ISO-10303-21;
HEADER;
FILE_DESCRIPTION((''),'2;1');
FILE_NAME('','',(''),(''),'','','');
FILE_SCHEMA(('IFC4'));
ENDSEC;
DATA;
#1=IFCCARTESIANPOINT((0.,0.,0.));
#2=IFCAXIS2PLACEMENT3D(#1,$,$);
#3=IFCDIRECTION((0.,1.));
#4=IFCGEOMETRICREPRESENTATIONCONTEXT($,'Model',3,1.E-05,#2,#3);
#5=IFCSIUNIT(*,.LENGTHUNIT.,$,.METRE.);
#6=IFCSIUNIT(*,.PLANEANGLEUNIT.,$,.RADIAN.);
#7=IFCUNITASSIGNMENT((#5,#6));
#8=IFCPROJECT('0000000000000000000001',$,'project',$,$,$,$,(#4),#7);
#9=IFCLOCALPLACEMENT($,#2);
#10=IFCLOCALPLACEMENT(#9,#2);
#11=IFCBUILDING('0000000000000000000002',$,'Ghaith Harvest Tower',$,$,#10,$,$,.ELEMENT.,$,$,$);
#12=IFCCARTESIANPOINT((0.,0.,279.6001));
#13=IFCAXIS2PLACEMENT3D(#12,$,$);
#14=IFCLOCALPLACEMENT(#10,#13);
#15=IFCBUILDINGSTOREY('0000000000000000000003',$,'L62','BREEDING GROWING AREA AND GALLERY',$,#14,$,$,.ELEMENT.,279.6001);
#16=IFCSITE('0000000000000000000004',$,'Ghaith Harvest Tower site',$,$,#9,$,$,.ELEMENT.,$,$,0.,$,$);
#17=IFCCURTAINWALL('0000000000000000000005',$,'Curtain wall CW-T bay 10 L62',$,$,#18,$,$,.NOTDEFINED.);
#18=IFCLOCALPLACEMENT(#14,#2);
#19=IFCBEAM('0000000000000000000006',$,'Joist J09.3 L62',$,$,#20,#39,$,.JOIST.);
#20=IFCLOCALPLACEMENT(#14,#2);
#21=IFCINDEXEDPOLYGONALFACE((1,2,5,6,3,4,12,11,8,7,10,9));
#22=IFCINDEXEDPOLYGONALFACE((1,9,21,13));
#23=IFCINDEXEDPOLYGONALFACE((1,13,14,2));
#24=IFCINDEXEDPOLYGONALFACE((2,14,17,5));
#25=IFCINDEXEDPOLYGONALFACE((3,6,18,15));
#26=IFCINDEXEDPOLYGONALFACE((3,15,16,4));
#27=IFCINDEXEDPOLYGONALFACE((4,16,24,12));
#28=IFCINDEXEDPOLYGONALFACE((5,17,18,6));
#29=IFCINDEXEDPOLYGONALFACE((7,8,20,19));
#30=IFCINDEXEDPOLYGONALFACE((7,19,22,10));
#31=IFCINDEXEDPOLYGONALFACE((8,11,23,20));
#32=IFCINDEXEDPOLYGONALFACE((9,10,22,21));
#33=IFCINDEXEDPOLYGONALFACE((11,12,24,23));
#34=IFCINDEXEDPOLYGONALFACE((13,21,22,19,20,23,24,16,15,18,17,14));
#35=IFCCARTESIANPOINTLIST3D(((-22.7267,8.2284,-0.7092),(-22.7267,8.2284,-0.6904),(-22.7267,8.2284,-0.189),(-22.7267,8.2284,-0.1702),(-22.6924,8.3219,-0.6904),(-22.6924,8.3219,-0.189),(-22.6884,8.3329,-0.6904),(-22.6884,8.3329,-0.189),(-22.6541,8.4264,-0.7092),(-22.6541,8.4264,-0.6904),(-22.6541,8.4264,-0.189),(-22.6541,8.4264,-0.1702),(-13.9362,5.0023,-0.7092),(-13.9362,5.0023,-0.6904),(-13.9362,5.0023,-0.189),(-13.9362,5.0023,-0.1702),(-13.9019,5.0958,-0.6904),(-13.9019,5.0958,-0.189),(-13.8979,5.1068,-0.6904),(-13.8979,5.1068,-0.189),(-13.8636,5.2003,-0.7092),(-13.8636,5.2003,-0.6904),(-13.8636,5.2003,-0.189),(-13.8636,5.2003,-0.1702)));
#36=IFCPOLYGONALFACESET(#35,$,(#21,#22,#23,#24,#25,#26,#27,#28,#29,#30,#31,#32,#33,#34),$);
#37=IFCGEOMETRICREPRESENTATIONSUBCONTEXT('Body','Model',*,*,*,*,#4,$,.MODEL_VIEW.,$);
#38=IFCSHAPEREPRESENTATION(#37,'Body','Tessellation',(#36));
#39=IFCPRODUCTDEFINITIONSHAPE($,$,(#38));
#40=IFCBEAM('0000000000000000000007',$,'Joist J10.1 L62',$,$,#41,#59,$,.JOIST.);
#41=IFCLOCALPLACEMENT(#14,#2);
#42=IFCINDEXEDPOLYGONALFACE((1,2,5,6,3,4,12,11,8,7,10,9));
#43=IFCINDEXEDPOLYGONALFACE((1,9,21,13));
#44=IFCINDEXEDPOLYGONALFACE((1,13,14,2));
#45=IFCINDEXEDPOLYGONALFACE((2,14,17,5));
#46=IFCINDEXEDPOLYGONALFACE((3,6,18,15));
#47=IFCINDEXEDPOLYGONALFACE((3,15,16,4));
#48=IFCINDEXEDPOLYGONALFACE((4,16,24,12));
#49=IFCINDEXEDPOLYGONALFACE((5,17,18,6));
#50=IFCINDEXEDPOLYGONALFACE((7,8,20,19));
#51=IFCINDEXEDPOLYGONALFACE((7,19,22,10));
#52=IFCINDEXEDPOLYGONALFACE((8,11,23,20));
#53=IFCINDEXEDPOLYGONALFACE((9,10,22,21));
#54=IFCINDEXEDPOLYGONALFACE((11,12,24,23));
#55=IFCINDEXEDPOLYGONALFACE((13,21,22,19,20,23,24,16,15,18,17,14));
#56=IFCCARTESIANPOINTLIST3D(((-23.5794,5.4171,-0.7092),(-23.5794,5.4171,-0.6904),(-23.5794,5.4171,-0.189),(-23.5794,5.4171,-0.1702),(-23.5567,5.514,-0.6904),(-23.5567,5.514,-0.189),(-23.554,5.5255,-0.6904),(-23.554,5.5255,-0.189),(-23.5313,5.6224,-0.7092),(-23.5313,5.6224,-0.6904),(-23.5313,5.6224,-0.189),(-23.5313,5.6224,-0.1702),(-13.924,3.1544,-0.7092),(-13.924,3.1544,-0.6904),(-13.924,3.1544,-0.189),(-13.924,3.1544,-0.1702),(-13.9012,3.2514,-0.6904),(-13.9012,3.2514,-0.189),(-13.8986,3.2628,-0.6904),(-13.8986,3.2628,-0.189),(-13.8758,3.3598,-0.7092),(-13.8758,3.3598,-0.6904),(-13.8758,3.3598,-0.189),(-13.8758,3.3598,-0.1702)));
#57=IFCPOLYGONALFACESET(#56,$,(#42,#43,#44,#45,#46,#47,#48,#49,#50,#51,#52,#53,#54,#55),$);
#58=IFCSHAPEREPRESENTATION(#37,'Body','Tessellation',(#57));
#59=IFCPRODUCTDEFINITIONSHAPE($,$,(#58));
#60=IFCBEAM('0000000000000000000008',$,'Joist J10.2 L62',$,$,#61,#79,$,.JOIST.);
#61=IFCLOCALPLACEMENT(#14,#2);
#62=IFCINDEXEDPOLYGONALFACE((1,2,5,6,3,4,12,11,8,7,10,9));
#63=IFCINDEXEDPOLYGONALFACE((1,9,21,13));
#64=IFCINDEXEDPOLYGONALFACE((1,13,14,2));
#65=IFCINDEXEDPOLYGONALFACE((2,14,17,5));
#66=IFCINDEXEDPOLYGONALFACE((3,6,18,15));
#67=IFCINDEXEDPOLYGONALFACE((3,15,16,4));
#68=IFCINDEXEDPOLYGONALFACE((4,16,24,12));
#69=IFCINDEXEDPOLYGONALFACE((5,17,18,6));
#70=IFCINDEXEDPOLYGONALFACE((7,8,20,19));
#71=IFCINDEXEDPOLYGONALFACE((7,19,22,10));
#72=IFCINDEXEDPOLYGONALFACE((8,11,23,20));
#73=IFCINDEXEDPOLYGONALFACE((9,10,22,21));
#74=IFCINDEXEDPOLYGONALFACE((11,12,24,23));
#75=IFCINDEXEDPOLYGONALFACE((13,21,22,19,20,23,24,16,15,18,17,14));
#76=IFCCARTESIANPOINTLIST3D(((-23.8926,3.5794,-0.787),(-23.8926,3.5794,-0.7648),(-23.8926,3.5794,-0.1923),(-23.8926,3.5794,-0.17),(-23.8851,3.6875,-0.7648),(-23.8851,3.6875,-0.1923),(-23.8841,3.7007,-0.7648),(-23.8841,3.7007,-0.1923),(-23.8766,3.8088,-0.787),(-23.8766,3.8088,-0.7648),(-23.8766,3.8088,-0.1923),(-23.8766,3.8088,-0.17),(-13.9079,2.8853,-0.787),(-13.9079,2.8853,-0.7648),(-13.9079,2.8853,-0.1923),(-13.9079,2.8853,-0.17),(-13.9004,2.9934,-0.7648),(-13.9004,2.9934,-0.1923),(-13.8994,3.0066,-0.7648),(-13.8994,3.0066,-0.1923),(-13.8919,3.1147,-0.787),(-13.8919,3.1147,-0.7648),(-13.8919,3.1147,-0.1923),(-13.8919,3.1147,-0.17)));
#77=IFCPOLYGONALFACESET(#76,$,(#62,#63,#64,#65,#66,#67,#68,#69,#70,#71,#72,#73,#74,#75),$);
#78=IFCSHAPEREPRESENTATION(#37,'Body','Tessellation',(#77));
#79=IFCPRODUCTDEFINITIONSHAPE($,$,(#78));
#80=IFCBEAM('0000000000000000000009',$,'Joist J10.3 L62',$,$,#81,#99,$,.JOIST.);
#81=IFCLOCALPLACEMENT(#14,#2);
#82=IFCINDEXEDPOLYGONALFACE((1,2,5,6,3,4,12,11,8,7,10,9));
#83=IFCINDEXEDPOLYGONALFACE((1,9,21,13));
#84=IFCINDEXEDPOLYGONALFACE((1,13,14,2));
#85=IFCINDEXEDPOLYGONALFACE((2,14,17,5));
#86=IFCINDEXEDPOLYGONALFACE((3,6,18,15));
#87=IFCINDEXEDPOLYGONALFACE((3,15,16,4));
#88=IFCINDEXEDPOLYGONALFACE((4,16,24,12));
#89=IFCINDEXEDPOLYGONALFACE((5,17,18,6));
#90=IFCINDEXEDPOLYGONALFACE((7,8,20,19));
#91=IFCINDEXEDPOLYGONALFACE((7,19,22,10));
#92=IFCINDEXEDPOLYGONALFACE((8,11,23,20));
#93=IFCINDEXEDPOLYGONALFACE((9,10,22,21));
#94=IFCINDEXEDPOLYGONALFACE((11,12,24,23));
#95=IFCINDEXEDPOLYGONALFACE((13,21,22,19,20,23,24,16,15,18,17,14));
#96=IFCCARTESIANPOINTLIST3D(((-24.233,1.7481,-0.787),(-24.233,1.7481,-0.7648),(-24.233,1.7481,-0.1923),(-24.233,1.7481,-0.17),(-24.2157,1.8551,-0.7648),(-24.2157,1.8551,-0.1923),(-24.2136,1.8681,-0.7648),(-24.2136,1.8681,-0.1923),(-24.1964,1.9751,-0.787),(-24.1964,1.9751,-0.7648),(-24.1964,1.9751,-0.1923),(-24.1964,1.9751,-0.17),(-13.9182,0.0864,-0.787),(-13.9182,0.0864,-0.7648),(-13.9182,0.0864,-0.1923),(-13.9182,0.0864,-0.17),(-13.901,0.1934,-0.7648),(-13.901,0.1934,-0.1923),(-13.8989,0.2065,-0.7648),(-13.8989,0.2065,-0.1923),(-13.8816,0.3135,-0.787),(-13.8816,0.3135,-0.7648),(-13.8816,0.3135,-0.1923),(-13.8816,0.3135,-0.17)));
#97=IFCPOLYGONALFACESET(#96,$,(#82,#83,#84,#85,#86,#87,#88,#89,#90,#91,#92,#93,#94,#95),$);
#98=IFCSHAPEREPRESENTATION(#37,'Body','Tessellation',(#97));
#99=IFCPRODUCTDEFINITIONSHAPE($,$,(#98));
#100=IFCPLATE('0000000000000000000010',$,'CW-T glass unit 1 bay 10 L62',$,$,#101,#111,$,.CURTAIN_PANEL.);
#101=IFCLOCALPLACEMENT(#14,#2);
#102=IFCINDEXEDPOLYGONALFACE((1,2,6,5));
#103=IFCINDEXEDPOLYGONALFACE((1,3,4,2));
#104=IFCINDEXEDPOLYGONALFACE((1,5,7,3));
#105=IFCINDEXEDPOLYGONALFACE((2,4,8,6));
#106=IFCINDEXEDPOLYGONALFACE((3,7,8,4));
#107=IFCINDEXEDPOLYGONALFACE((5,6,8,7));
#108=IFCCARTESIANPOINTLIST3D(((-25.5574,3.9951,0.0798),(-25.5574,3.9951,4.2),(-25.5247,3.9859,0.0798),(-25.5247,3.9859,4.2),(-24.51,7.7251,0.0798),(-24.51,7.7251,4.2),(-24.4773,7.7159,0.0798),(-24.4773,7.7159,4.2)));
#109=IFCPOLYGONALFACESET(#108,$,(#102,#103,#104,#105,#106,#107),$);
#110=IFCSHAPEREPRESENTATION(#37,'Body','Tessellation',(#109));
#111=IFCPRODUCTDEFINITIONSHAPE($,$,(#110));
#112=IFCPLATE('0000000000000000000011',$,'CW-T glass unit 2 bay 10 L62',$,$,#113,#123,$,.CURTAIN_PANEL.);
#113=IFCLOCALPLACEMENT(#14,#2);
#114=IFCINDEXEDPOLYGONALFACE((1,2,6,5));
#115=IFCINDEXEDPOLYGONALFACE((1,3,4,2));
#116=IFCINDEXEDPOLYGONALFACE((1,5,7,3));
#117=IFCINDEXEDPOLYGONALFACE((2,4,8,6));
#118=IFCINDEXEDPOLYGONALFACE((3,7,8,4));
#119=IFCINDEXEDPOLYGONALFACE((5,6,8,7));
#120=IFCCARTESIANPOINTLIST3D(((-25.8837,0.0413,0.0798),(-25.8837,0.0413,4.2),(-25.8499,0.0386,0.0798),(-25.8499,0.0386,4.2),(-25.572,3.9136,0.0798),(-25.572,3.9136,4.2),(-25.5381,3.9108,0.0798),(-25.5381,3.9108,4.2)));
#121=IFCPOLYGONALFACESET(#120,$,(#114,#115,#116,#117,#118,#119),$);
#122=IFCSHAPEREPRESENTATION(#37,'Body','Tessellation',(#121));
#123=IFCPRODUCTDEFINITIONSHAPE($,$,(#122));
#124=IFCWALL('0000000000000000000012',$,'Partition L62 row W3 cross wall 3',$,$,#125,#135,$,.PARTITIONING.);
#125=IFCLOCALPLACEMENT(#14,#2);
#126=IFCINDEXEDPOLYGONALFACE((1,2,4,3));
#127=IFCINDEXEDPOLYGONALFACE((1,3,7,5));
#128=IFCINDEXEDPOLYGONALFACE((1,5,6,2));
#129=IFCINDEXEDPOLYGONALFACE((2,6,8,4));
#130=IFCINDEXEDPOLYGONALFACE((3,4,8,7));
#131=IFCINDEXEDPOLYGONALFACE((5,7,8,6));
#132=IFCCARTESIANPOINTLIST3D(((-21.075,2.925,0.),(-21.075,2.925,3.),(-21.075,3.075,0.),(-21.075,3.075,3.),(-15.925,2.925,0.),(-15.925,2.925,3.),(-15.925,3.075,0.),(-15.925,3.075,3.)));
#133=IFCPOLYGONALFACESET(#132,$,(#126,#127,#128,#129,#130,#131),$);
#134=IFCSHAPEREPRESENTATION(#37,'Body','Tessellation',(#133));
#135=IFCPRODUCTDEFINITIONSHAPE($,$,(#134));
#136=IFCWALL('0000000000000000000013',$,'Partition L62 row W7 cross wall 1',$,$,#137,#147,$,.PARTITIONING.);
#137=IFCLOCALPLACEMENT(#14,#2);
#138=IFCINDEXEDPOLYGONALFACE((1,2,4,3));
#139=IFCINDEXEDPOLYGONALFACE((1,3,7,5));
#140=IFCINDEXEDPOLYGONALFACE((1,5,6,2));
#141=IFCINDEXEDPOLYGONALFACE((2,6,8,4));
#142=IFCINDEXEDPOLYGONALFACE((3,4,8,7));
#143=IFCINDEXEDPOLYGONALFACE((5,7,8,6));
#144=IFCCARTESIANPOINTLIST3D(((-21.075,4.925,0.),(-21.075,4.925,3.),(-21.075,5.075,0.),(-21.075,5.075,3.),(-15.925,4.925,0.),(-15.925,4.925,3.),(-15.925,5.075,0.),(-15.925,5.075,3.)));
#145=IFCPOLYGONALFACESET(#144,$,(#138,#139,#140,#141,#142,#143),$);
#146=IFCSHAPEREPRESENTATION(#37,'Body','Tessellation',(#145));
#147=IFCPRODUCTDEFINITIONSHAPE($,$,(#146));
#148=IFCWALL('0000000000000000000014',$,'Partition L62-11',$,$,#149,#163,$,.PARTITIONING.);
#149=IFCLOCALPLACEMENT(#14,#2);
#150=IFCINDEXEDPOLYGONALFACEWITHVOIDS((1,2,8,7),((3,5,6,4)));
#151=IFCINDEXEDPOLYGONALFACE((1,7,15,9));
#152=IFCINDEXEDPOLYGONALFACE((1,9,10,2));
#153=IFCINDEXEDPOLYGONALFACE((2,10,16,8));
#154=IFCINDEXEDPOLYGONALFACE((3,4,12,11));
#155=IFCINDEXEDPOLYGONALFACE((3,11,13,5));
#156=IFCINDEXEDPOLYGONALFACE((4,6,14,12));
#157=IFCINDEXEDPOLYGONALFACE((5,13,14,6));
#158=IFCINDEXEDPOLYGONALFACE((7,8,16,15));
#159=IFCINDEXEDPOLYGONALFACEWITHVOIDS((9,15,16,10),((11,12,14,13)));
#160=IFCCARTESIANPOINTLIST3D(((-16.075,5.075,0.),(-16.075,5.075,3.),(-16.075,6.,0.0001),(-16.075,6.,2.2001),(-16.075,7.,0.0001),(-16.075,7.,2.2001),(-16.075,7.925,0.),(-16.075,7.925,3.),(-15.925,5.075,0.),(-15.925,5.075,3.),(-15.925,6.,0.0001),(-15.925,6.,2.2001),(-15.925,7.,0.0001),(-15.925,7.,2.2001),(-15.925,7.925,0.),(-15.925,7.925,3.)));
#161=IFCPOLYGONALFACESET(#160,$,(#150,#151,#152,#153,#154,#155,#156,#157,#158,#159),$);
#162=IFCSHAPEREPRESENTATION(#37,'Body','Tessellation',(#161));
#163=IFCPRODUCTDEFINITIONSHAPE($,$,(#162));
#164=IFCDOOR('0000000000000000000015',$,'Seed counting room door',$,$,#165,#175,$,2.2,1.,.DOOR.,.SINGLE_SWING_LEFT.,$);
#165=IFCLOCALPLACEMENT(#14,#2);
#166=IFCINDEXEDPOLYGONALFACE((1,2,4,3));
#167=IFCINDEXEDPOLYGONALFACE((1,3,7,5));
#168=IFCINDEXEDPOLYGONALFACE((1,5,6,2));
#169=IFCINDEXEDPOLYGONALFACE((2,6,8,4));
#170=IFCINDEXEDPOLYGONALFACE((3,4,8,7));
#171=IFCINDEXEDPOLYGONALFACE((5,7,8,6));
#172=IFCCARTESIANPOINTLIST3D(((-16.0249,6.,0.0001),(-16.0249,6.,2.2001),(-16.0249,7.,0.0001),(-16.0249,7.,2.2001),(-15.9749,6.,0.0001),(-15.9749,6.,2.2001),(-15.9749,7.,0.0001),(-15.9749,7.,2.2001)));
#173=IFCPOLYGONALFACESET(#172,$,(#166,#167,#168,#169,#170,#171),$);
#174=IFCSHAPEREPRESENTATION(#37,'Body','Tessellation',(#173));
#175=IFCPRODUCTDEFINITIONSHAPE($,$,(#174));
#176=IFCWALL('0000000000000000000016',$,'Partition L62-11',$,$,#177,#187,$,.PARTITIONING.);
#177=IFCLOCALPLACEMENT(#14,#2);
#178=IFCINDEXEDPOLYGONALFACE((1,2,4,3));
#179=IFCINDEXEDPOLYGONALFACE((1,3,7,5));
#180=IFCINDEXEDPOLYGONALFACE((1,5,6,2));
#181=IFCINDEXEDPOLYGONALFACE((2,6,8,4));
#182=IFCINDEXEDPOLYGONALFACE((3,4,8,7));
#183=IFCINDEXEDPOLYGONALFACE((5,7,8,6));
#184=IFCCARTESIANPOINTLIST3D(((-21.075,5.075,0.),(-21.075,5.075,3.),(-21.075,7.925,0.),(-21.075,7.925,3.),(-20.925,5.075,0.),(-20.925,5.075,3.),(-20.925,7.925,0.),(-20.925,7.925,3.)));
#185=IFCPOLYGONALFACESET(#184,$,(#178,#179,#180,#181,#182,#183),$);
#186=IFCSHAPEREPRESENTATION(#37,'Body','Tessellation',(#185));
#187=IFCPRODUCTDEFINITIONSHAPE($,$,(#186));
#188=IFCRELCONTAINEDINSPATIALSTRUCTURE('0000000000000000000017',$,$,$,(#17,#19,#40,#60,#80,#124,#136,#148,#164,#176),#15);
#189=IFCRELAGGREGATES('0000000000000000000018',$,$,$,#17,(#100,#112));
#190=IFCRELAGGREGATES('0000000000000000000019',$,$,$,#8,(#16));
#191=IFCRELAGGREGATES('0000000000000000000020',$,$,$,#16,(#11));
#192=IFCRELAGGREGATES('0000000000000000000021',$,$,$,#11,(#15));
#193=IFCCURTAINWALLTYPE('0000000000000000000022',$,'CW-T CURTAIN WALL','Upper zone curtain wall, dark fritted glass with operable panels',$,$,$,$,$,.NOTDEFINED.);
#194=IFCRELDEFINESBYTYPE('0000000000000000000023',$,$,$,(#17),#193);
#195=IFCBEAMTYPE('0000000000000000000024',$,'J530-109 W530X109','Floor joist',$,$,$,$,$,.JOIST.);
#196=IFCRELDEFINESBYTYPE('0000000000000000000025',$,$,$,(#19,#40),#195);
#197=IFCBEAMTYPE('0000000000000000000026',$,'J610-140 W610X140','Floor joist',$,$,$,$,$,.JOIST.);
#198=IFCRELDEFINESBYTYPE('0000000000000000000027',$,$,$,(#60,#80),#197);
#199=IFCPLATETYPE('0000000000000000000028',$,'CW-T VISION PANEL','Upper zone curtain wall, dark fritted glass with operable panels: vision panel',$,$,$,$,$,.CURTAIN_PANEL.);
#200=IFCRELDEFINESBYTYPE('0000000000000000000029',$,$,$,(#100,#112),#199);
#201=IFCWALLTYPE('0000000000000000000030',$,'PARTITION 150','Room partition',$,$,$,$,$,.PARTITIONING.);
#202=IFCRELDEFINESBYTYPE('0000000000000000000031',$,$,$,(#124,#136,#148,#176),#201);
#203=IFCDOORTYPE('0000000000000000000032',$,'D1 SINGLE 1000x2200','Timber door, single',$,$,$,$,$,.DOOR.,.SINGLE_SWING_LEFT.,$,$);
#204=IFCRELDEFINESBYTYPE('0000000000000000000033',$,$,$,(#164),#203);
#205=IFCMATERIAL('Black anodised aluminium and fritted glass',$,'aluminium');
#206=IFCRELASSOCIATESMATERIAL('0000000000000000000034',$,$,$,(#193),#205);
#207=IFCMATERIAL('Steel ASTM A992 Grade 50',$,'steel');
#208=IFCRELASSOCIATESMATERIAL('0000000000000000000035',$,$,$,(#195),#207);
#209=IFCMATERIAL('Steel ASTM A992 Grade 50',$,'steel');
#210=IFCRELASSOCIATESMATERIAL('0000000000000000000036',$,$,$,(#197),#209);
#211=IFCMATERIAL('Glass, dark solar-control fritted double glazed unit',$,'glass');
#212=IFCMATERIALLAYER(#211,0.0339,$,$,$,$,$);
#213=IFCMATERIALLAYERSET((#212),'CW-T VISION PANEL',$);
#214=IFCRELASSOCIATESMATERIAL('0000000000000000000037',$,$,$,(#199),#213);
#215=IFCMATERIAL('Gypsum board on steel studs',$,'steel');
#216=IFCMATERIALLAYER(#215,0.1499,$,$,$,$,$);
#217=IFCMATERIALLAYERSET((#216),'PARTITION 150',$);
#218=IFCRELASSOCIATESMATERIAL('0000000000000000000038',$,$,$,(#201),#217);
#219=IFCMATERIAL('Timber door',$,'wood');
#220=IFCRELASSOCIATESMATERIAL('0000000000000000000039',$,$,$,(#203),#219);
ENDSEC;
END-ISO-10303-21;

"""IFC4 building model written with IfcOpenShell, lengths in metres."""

from ifc_helpers import new_model, si_unit, direction, frame, frame_2d, origin, origin_2d, place, context, subcontext, project, spatial, rectangle, i_section, extrude, material, layer, layer_set, material_profile, profile_set, type_object, element, fill, aggregate, save


model = new_model("IFC4")

# Units and contexts
model_context = context("Model", 3, precision=1e-05, world=origin(), true_north=direction((0.0, 1.0)))
body_context = subcontext(model_context, "Body", "Model", "MODEL_VIEW")
ifc_project = project(units=[si_unit("LENGTHUNIT", "METRE"), si_unit("PLANEANGLEUNIT", "RADIAN")], contexts=[model_context])

# Site, building, storey
site_placement = place(None, origin())
site = spatial("IfcSite", under=ifc_project, at=site_placement, Name="Ghaith Harvest Tower site", CompositionType="ELEMENT", RefElevation=0.0)
building_placement = place(site_placement, origin())
building = spatial("IfcBuilding", under=site, at=building_placement, Name="Ghaith Harvest Tower", CompositionType="ELEMENT")
storey_placement = place(building_placement, frame((0.0, 0.0, 279.6001)))
storey = spatial("IfcBuildingStorey", under=building, at=storey_placement, Name="L62", Description="BREEDING GROWING AREA AND GALLERY", CompositionType="ELEMENT", Elevation=279.6001)

# Curtain wall
ifc_material_1 = material(Name="Black anodised aluminium and fritted glass", Category="aluminium")
curtain_wall_type = type_object("IfcCurtainWallType", Name="CW-T CURTAIN WALL", Description="Upper zone curtain wall, dark fritted glass with operable panels", PredefinedType="NOTDEFINED", material=ifc_material_1)
curtain_wall_placement = place(storey_placement, origin())
curtain_wall = element("IfcCurtainWall", 1, at=curtain_wall_placement, inside=storey, type_object=curtain_wall_type, Name="Curtain wall CW-T bay 10 L62", PredefinedType="NOTDEFINED")

# Beams
ifc_material_2 = material(Name="Steel ASTM A992 Grade 50", Category="steel")
ifc_material_profile_1 = material_profile(ifc_material_2, i_section(OverallWidth=0.2109, OverallDepth=0.5391, WebThickness=0.0117, FlangeThickness=0.0188, at=origin_2d()), Name="W530X109")
ifc_profile_set_1 = profile_set([ifc_material_profile_1], Name="Steel ASTM A992 Grade 50")
beam_type_1 = type_object("IfcBeamType", Name="J530-109 W530X109", Description="Floor joist", PredefinedType="JOIST", material=ifc_profile_set_1)
beam_1_placement = place(storey_placement, frame((-13.8999, 5.1013, -0.4397), z_axis=(-0.938777, 0.344526, 0.0), x_axis=(-0.344526, -0.938777, 0.0)))
element("IfcBeam", 2, at=beam_1_placement, inside=storey, type_object=beam_type_1, Name="Joist J09.3 L62", PredefinedType="JOIST", context=body_context, shape_type="SweptSolid", body=[
    extrude(i_section(OverallWidth=0.2109, OverallDepth=0.5391, WebThickness=0.0117, FlangeThickness=0.0188, at=origin_2d()), origin(), (0.0, 0.0, 1.0), 9.3638),
])
beam_2_placement = place(storey_placement, frame((-13.8999, 3.2571, -0.4397), z_axis=(-0.973623, 0.228161, 0.0), x_axis=(-0.228161, -0.973623, 0.0)))
element("IfcBeam", 3, at=beam_2_placement, inside=storey, type_object=beam_type_1, Name="Joist J10.1 L62", PredefinedType="JOIST", context=body_context, shape_type="SweptSolid", body=[
    extrude(i_section(OverallWidth=0.2109, OverallDepth=0.5391, WebThickness=0.0117, FlangeThickness=0.0188, at=origin_2d()), origin(), (0.0, 0.0, 1.0), 9.917),
])
ifc_material_3 = material(Name="Steel ASTM A992 Grade 50", Category="steel")
ifc_material_profile_2 = material_profile(ifc_material_3, i_section(OverallWidth=0.23, OverallDepth=0.6169, WebThickness=0.0132, FlangeThickness=0.0222, at=origin_2d()), Name="W610X140")
ifc_profile_set_2 = profile_set([ifc_material_profile_2], Name="Steel ASTM A992 Grade 50")
beam_type_2 = type_object("IfcBeamType", Name="J610-140 W610X140", Description="Floor joist", PredefinedType="JOIST", material=ifc_profile_set_2)
beam_3_placement = place(storey_placement, frame((-13.8999, 3.0, -0.4785), z_axis=(-0.997592, 0.069349, 0.0), x_axis=(-0.069349, -0.997592, 0.0)))
element("IfcBeam", 4, at=beam_3_placement, inside=storey, type_object=beam_type_2, Name="Joist J10.2 L62", PredefinedType="JOIST", context=body_context, shape_type="SweptSolid", body=[
    extrude(i_section(OverallWidth=0.23, OverallDepth=0.6169, WebThickness=0.0132, FlangeThickness=0.0222, at=origin_2d()), origin(), (0.0, 0.0, 1.0), 10.0088),
])
beam_4_placement = place(storey_placement, frame((-13.8999, 0.2, -0.4785), z_axis=(-0.987272, 0.159042, 0.0), x_axis=(-0.159042, -0.987272, 0.0)))
element("IfcBeam", 5, at=beam_4_placement, inside=storey, type_object=beam_type_2, Name="Joist J10.3 L62", PredefinedType="JOIST", context=body_context, shape_type="SweptSolid", body=[
    extrude(i_section(OverallWidth=0.23, OverallDepth=0.6169, WebThickness=0.0132, FlangeThickness=0.0222, at=origin_2d()), origin(), (0.0, 0.0, 1.0), 10.4478),
])

# Plates
ifc_material_4 = material(Name="Glass, dark solar-control fritted double glazed unit", Category="glass")
ifc_layer_1 = layer(ifc_material_4, 0.0339)
ifc_layer_set_1 = layer_set([ifc_layer_1], Name="CW-T VISION PANEL")
plate_type = type_object("IfcPlateType", Name="CW-T VISION PANEL", Description="Upper zone curtain wall, dark fritted glass with operable panels: vision panel", PredefinedType="CURTAIN_PANEL", material=ifc_layer_set_1)
plate_1_placement = place(storey_placement, frame((-25.0173, 5.8555, 0.0798), z_axis=(0.0, 0.0, 1.0), x_axis=(-0.270355, -0.962761, 0.0)))
plate_1 = element("IfcPlate", 6, at=plate_1_placement, type_object=plate_type, Name="CW-T glass unit 1 bay 10 L62", PredefinedType="CURTAIN_PANEL", context=body_context, shape_type="SweptSolid", body=[
    extrude(rectangle(XDim=3.8743, YDim=0.0339, at=origin_2d()), origin(), (0.0, 0.0, 1.0), 4.1201),
])
plate_2_placement = place(storey_placement, frame((-25.7109, 1.9761, 0.0798), z_axis=(0.0, 0.0, 1.0), x_axis=(-0.080258, -0.996774, 0.0)))
plate_2 = element("IfcPlate", 7, at=plate_2_placement, type_object=plate_type, Name="CW-T glass unit 2 bay 10 L62", PredefinedType="CURTAIN_PANEL", context=body_context, shape_type="SweptSolid", body=[
    extrude(rectangle(XDim=3.8848, YDim=0.0339, at=origin_2d()), origin(), (0.0, 0.0, 1.0), 4.1201),
])
aggregate(curtain_wall, [plate_1, plate_2])

# Walls
ifc_material_5 = material(Name="Gypsum board on steel studs", Category="steel")
ifc_layer_2 = layer(ifc_material_5, 0.1499)
ifc_layer_set_2 = layer_set([ifc_layer_2], Name="PARTITION 150")
wall_type_1 = type_object("IfcWallType", Name="PARTITION 150", Description="Room partition", PredefinedType="PARTITIONING", material=ifc_layer_set_2)
for number, where, z_axis, x_axis, name in (
    (8, (-15.925, 3.0, 0.0), (0.0, 0.0, 1.0), (-1.0, 0.0, 0.0), "Partition L62 row W3 cross wall 3"),
    (9, (-15.925, 5.0, 0.0), (0.0, 0.0, 1.0), (-1.0, 0.0, 0.0), "Partition L62 row W7 cross wall 1"),
):
    element("IfcWall", number, at=place(storey_placement, frame(where, z_axis=z_axis, x_axis=x_axis)), inside=storey, type_object=wall_type_1, Name=name, PredefinedType="PARTITIONING", context=body_context, shape_type="SweptSolid", body=[
        extrude(rectangle(XDim=5.1499, YDim=0.1499, at=frame_2d((2.575, 0.0))), origin(), (0.0, 0.0, 1.0), 3.0),
    ])

# Wall, opening, door
wall_1_placement = place(storey_placement, frame((-16.0, 5.075, 0.0), z_axis=(0.0, 0.0, 1.0), x_axis=(0.0, 1.0, 0.0)))
wall_1 = element("IfcWall", 10, at=wall_1_placement, inside=storey, type_object=wall_type_1, Name="Partition L62-11", PredefinedType="PARTITIONING", context=body_context, shape_type="SweptSolid", body=[
    extrude(rectangle(XDim=2.8501, YDim=0.1499, at=frame_2d((1.425, 0.0))), origin(), (0.0, 0.0, 1.0), 3.0),
])
opening_placement = place(wall_1_placement, frame((0.925, 0.0, 0.0)))
opening = element("IfcOpeningElement", 11, at=opening_placement, cuts=wall_1, PredefinedType="OPENING", context=body_context, shape_type="SweptSolid", body=[
    extrude(rectangle(XDim=1.0, YDim=2.2, at=frame_2d((0.5, 1.1001))), frame((0.0, 0.085, 0.0), z_axis=(0.0, -1.0, 0.0), x_axis=(1.0, 0.0, 0.0)), (0.0, 0.0, 1.0), 0.1699),
])
ifc_material_6 = material(Name="Timber door", Category="wood")
door_type = type_object("IfcDoorType", Name="D1 SINGLE 1000x2200", Description="Timber door, single", OperationType="SINGLE_SWING_LEFT", PredefinedType="DOOR", material=ifc_material_6)
door_placement = place(opening_placement, origin())
door = element("IfcDoor", 12, at=door_placement, inside=storey, type_object=door_type, Name="Seed counting room door", OperationType="SINGLE_SWING_LEFT", OverallHeight=2.2, OverallWidth=1.0, PredefinedType="DOOR", context=body_context, shape_type="SweptSolid", body=[
    extrude(rectangle(XDim=1.0, YDim=2.2, at=frame_2d((0.5, 1.1001))), frame((0.0, 0.0249, 0.0), z_axis=(0.0, -1.0, 0.0), x_axis=(1.0, 0.0, 0.0)), (0.0, 0.0, 1.0), 0.05),
])
fill(opening, door)

# Wall
wall_2_placement = place(storey_placement, frame((-21.0, 5.075, 0.0), z_axis=(0.0, 0.0, 1.0), x_axis=(0.0, 1.0, 0.0)))
element("IfcWall", 13, at=wall_2_placement, inside=storey, type_object=wall_type_1, Name="Partition L62-11", PredefinedType="PARTITIONING", context=body_context, shape_type="SweptSolid", body=[
    extrude(rectangle(XDim=2.8501, YDim=0.1499, at=frame_2d((1.425, 0.0))), origin(), (0.0, 0.0, 1.0), 3.0),
])

save(model, "model.ifc")
